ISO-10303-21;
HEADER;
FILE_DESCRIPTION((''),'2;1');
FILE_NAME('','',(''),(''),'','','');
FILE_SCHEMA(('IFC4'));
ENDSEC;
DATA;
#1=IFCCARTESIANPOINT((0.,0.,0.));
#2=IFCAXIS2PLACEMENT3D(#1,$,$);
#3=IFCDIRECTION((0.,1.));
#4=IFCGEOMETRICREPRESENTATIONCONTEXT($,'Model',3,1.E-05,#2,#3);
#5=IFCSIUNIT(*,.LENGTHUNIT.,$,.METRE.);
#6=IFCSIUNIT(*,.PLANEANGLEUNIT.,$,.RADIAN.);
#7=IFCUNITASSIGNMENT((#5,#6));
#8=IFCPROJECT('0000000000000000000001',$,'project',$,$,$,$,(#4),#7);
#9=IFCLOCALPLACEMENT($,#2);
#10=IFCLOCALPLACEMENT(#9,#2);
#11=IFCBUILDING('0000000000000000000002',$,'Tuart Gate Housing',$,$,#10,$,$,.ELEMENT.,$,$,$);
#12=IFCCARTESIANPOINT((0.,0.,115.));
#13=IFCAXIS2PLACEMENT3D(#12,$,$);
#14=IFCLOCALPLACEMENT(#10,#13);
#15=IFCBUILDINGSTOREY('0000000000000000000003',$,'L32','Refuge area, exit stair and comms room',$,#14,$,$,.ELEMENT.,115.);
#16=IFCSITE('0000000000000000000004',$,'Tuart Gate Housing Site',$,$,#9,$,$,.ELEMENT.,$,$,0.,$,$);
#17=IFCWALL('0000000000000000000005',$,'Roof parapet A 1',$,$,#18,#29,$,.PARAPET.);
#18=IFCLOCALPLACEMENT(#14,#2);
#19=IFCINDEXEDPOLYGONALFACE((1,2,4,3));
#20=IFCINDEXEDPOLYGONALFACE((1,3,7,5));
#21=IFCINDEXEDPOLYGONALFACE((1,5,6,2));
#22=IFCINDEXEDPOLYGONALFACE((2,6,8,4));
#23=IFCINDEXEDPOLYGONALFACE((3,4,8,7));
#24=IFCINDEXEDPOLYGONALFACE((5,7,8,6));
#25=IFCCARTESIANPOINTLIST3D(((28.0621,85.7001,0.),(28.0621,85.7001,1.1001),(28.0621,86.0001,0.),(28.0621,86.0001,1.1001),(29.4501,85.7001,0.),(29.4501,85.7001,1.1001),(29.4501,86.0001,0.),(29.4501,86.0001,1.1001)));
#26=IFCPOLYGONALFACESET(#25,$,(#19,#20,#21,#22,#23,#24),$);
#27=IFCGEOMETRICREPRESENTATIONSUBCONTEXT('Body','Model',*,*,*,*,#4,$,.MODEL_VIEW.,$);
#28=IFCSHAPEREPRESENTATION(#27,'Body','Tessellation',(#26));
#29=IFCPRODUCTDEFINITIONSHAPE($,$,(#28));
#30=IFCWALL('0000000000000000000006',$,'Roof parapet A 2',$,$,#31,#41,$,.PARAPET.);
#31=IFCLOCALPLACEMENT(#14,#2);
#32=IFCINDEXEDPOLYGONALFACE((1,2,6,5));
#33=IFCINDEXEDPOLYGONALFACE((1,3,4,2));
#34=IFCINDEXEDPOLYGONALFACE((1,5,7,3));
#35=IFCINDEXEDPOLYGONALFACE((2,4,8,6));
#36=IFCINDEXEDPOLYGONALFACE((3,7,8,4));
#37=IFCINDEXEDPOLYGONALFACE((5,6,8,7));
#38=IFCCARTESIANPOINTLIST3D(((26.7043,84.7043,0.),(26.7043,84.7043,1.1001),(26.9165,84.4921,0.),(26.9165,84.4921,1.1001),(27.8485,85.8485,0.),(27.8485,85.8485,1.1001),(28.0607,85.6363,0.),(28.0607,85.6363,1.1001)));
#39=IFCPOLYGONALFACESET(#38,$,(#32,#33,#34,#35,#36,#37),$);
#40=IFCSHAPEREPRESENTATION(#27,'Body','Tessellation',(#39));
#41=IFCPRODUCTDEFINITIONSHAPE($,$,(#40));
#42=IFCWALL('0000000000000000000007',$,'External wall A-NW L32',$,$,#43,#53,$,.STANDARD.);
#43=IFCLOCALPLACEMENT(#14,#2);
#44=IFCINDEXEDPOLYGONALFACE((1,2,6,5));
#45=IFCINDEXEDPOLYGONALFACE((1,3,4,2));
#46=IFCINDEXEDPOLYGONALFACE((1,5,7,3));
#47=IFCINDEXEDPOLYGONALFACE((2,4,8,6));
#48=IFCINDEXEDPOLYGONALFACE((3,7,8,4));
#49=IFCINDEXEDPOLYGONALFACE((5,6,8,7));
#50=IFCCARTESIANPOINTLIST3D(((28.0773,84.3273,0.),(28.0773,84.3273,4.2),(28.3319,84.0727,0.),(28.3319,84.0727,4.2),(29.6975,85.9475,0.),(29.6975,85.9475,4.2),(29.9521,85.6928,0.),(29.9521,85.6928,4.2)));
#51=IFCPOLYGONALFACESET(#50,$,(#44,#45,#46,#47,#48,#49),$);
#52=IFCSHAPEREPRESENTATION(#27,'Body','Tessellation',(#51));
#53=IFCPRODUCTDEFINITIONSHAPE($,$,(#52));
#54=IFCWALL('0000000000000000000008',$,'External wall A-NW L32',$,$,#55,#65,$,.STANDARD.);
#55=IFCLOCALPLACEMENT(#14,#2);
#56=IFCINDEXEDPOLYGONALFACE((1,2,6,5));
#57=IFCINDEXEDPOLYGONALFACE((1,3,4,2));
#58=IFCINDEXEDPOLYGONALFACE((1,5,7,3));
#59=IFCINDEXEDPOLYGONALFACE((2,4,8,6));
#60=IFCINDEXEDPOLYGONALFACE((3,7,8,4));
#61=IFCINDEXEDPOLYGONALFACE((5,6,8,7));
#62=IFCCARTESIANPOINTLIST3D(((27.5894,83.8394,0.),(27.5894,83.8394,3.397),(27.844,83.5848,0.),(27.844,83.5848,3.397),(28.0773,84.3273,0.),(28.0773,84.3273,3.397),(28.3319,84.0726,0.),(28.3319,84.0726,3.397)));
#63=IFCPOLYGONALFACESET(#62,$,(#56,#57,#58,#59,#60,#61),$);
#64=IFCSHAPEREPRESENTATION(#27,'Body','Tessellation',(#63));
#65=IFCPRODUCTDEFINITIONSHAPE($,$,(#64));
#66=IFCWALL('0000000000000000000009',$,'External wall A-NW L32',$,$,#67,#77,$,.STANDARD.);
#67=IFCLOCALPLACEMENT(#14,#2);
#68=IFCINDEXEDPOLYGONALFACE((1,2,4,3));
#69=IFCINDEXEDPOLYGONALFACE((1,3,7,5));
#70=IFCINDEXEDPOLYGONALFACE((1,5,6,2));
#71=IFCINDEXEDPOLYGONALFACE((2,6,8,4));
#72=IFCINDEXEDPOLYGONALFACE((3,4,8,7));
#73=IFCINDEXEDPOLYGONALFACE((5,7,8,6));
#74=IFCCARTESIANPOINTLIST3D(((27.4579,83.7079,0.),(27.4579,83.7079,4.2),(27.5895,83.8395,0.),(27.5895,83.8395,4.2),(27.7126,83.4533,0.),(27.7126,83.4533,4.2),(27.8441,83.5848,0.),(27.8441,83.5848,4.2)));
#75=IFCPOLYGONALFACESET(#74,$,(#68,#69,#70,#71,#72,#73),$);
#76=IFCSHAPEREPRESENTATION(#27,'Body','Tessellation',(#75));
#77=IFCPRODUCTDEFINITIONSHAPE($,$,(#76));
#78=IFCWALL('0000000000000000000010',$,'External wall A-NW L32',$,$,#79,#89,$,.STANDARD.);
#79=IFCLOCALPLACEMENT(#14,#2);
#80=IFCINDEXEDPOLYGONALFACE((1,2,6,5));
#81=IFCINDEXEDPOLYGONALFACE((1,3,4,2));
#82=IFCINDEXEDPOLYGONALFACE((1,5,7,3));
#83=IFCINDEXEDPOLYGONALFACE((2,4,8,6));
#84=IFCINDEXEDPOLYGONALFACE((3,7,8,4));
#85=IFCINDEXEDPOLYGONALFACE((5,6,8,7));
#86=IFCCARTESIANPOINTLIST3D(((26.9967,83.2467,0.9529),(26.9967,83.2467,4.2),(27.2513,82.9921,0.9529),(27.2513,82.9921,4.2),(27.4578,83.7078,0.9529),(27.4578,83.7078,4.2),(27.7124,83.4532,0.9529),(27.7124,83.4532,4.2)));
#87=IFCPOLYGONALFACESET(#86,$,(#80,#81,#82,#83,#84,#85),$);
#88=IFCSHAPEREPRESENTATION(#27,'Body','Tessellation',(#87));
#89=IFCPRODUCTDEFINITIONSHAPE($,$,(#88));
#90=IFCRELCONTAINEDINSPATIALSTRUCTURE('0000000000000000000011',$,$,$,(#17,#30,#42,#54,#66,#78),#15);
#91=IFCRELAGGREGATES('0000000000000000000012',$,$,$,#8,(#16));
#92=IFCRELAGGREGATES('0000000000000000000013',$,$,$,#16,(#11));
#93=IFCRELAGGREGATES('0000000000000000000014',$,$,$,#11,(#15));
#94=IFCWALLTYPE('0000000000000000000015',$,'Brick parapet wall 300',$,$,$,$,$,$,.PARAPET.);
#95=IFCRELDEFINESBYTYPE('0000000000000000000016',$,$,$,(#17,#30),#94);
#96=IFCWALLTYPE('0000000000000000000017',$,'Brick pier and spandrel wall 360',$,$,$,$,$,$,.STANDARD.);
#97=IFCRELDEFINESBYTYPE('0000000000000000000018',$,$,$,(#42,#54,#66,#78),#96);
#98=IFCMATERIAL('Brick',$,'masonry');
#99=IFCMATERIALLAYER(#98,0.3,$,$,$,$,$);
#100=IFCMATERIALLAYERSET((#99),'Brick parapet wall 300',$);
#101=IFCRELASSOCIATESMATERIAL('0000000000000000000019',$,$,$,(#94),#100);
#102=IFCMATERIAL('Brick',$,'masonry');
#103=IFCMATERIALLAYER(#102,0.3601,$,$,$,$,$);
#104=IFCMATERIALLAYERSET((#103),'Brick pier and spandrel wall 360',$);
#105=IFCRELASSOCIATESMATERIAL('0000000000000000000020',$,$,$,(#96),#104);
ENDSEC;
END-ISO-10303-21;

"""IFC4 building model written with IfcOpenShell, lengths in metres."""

from ifc_helpers import new_model, si_unit, direction, frame, frame_2d, origin, place, context, subcontext, project, spatial, rectangle, extrude, material, layer, layer_set, type_object, element, save


model = new_model("IFC4")

# Units and contexts
model_context = context("Model", 3, precision=1e-05, world=origin(), true_north=direction((0.0, 1.0)))
body_context = subcontext(model_context, "Body", "Model", "MODEL_VIEW")
ifc_project = project(units=[si_unit("LENGTHUNIT", "METRE"), si_unit("PLANEANGLEUNIT", "RADIAN")], contexts=[model_context])

# Site, building, storey
site_placement = place(None, origin())
site = spatial("IfcSite", under=ifc_project, at=site_placement, Name="Tuart Gate Housing Site", CompositionType="ELEMENT", RefElevation=0.0)
building_placement = place(site_placement, origin())
building = spatial("IfcBuilding", under=site, at=building_placement, Name="Tuart Gate Housing", CompositionType="ELEMENT")
storey_placement = place(building_placement, frame((0.0, 0.0, 115.0)))
storey = spatial("IfcBuildingStorey", under=building, at=storey_placement, Name="L32", Description="Refuge area, exit stair and comms room", CompositionType="ELEMENT", Elevation=115.0)

# Walls
ifc_material_1 = material(Name="Brick", Category="masonry")
ifc_layer_1 = layer(ifc_material_1, 0.3)
ifc_layer_set_1 = layer_set([ifc_layer_1], Name="Brick parapet wall 300")
wall_type_1 = type_object("IfcWallType", Name="Brick parapet wall 300", PredefinedType="PARAPET", material=ifc_layer_set_1)
wall_1_placement = place(storey_placement, frame((29.45, 85.8501, 0.0), z_axis=(0.0, 0.0, 1.0), x_axis=(-1.0, 0.0, 0.0)))
element("IfcWall", 1, at=wall_1_placement, inside=storey, type_object=wall_type_1, Name="Roof parapet A 1", PredefinedType="PARAPET", context=body_context, shape_type="SweptSolid", body=[
    extrude(rectangle(XDim=1.3879, YDim=0.3, at=frame_2d((0.6938, 0.0))), origin(), (0.0, 0.0, 1.0), 1.1001),
])
wall_2_placement = place(storey_placement, frame((27.9546, 85.7424, 0.0), z_axis=(0.0, 0.0, 1.0), x_axis=(-0.707107, -0.707107, 0.0)))
element("IfcWall", 2, at=wall_2_placement, inside=storey, type_object=wall_type_1, Name="Roof parapet A 2", PredefinedType="PARAPET", context=body_context, shape_type="SweptSolid", body=[
    extrude(rectangle(XDim=1.6182, YDim=0.3, at=frame_2d((0.8091, 0.0))), origin(), (0.0, 0.0, 1.0), 1.1001),
])
ifc_material_2 = material(Name="Brick", Category="masonry")
ifc_layer_2 = layer(ifc_material_2, 0.3601)
ifc_layer_set_2 = layer_set([ifc_layer_2], Name="Brick pier and spandrel wall 360")
wall_type_2 = type_object("IfcWallType", Name="Brick pier and spandrel wall 360", PredefinedType="STANDARD", material=ifc_layer_set_2)
wall_3_placement = place(storey_placement, frame((29.8247, 85.8201, 0.0), z_axis=(0.0, 0.0, 1.0), x_axis=(-0.707107, -0.707107, 0.0)))
element("IfcWall", 3, at=wall_3_placement, inside=storey, type_object=wall_type_2, Name="External wall A-NW L32", PredefinedType="STANDARD", context=body_context, shape_type="SweptSolid", body=[
    extrude(rectangle(XDim=2.2913, YDim=0.3601, at=frame_2d((1.1455, 0.0))), origin(), (0.0, 0.0, 1.0), 4.2),
])
wall_4_placement = place(storey_placement, frame((28.2046, 84.2, 0.0), z_axis=(0.0, 0.0, 1.0), x_axis=(-0.707107, -0.707107, 0.0)))
element("IfcWall", 4, at=wall_4_placement, inside=storey, type_object=wall_type_2, Name="External wall A-NW L32", PredefinedType="STANDARD", context=body_context, shape_type="SweptSolid", body=[
    extrude(rectangle(XDim=0.6899, YDim=0.3601, at=frame_2d((0.345, 0.0))), origin(), (0.0, 0.0, 1.0), 3.397),
])
wall_5_placement = place(storey_placement, frame((27.7168, 83.7122, 0.0), z_axis=(0.0, 0.0, 1.0), x_axis=(-0.707107, -0.707107, 0.0)))
element("IfcWall", 5, at=wall_5_placement, inside=storey, type_object=wall_type_2, Name="External wall A-NW L32", PredefinedType="STANDARD", context=body_context, shape_type="SweptSolid", body=[
    extrude(rectangle(XDim=0.186, YDim=0.3601, at=frame_2d((0.093, 0.0))), origin(), (0.0, 0.0, 1.0), 4.2),
])
wall_6_placement = place(storey_placement, frame((27.5852, 83.5806, 0.9529), z_axis=(0.0, 0.0, 1.0), x_axis=(-0.707107, -0.707107, 0.0)))
element("IfcWall", 6, at=wall_6_placement, inside=storey, type_object=wall_type_2, Name="External wall A-NW L32", PredefinedType="STANDARD", context=body_context, shape_type="SweptSolid", body=[
    extrude(rectangle(XDim=0.6521, YDim=0.3601, at=frame_2d((0.3262, 0.0))), origin(), (0.0, 0.0, 1.0), 3.2471),
])

save(model, "model.ifc")
